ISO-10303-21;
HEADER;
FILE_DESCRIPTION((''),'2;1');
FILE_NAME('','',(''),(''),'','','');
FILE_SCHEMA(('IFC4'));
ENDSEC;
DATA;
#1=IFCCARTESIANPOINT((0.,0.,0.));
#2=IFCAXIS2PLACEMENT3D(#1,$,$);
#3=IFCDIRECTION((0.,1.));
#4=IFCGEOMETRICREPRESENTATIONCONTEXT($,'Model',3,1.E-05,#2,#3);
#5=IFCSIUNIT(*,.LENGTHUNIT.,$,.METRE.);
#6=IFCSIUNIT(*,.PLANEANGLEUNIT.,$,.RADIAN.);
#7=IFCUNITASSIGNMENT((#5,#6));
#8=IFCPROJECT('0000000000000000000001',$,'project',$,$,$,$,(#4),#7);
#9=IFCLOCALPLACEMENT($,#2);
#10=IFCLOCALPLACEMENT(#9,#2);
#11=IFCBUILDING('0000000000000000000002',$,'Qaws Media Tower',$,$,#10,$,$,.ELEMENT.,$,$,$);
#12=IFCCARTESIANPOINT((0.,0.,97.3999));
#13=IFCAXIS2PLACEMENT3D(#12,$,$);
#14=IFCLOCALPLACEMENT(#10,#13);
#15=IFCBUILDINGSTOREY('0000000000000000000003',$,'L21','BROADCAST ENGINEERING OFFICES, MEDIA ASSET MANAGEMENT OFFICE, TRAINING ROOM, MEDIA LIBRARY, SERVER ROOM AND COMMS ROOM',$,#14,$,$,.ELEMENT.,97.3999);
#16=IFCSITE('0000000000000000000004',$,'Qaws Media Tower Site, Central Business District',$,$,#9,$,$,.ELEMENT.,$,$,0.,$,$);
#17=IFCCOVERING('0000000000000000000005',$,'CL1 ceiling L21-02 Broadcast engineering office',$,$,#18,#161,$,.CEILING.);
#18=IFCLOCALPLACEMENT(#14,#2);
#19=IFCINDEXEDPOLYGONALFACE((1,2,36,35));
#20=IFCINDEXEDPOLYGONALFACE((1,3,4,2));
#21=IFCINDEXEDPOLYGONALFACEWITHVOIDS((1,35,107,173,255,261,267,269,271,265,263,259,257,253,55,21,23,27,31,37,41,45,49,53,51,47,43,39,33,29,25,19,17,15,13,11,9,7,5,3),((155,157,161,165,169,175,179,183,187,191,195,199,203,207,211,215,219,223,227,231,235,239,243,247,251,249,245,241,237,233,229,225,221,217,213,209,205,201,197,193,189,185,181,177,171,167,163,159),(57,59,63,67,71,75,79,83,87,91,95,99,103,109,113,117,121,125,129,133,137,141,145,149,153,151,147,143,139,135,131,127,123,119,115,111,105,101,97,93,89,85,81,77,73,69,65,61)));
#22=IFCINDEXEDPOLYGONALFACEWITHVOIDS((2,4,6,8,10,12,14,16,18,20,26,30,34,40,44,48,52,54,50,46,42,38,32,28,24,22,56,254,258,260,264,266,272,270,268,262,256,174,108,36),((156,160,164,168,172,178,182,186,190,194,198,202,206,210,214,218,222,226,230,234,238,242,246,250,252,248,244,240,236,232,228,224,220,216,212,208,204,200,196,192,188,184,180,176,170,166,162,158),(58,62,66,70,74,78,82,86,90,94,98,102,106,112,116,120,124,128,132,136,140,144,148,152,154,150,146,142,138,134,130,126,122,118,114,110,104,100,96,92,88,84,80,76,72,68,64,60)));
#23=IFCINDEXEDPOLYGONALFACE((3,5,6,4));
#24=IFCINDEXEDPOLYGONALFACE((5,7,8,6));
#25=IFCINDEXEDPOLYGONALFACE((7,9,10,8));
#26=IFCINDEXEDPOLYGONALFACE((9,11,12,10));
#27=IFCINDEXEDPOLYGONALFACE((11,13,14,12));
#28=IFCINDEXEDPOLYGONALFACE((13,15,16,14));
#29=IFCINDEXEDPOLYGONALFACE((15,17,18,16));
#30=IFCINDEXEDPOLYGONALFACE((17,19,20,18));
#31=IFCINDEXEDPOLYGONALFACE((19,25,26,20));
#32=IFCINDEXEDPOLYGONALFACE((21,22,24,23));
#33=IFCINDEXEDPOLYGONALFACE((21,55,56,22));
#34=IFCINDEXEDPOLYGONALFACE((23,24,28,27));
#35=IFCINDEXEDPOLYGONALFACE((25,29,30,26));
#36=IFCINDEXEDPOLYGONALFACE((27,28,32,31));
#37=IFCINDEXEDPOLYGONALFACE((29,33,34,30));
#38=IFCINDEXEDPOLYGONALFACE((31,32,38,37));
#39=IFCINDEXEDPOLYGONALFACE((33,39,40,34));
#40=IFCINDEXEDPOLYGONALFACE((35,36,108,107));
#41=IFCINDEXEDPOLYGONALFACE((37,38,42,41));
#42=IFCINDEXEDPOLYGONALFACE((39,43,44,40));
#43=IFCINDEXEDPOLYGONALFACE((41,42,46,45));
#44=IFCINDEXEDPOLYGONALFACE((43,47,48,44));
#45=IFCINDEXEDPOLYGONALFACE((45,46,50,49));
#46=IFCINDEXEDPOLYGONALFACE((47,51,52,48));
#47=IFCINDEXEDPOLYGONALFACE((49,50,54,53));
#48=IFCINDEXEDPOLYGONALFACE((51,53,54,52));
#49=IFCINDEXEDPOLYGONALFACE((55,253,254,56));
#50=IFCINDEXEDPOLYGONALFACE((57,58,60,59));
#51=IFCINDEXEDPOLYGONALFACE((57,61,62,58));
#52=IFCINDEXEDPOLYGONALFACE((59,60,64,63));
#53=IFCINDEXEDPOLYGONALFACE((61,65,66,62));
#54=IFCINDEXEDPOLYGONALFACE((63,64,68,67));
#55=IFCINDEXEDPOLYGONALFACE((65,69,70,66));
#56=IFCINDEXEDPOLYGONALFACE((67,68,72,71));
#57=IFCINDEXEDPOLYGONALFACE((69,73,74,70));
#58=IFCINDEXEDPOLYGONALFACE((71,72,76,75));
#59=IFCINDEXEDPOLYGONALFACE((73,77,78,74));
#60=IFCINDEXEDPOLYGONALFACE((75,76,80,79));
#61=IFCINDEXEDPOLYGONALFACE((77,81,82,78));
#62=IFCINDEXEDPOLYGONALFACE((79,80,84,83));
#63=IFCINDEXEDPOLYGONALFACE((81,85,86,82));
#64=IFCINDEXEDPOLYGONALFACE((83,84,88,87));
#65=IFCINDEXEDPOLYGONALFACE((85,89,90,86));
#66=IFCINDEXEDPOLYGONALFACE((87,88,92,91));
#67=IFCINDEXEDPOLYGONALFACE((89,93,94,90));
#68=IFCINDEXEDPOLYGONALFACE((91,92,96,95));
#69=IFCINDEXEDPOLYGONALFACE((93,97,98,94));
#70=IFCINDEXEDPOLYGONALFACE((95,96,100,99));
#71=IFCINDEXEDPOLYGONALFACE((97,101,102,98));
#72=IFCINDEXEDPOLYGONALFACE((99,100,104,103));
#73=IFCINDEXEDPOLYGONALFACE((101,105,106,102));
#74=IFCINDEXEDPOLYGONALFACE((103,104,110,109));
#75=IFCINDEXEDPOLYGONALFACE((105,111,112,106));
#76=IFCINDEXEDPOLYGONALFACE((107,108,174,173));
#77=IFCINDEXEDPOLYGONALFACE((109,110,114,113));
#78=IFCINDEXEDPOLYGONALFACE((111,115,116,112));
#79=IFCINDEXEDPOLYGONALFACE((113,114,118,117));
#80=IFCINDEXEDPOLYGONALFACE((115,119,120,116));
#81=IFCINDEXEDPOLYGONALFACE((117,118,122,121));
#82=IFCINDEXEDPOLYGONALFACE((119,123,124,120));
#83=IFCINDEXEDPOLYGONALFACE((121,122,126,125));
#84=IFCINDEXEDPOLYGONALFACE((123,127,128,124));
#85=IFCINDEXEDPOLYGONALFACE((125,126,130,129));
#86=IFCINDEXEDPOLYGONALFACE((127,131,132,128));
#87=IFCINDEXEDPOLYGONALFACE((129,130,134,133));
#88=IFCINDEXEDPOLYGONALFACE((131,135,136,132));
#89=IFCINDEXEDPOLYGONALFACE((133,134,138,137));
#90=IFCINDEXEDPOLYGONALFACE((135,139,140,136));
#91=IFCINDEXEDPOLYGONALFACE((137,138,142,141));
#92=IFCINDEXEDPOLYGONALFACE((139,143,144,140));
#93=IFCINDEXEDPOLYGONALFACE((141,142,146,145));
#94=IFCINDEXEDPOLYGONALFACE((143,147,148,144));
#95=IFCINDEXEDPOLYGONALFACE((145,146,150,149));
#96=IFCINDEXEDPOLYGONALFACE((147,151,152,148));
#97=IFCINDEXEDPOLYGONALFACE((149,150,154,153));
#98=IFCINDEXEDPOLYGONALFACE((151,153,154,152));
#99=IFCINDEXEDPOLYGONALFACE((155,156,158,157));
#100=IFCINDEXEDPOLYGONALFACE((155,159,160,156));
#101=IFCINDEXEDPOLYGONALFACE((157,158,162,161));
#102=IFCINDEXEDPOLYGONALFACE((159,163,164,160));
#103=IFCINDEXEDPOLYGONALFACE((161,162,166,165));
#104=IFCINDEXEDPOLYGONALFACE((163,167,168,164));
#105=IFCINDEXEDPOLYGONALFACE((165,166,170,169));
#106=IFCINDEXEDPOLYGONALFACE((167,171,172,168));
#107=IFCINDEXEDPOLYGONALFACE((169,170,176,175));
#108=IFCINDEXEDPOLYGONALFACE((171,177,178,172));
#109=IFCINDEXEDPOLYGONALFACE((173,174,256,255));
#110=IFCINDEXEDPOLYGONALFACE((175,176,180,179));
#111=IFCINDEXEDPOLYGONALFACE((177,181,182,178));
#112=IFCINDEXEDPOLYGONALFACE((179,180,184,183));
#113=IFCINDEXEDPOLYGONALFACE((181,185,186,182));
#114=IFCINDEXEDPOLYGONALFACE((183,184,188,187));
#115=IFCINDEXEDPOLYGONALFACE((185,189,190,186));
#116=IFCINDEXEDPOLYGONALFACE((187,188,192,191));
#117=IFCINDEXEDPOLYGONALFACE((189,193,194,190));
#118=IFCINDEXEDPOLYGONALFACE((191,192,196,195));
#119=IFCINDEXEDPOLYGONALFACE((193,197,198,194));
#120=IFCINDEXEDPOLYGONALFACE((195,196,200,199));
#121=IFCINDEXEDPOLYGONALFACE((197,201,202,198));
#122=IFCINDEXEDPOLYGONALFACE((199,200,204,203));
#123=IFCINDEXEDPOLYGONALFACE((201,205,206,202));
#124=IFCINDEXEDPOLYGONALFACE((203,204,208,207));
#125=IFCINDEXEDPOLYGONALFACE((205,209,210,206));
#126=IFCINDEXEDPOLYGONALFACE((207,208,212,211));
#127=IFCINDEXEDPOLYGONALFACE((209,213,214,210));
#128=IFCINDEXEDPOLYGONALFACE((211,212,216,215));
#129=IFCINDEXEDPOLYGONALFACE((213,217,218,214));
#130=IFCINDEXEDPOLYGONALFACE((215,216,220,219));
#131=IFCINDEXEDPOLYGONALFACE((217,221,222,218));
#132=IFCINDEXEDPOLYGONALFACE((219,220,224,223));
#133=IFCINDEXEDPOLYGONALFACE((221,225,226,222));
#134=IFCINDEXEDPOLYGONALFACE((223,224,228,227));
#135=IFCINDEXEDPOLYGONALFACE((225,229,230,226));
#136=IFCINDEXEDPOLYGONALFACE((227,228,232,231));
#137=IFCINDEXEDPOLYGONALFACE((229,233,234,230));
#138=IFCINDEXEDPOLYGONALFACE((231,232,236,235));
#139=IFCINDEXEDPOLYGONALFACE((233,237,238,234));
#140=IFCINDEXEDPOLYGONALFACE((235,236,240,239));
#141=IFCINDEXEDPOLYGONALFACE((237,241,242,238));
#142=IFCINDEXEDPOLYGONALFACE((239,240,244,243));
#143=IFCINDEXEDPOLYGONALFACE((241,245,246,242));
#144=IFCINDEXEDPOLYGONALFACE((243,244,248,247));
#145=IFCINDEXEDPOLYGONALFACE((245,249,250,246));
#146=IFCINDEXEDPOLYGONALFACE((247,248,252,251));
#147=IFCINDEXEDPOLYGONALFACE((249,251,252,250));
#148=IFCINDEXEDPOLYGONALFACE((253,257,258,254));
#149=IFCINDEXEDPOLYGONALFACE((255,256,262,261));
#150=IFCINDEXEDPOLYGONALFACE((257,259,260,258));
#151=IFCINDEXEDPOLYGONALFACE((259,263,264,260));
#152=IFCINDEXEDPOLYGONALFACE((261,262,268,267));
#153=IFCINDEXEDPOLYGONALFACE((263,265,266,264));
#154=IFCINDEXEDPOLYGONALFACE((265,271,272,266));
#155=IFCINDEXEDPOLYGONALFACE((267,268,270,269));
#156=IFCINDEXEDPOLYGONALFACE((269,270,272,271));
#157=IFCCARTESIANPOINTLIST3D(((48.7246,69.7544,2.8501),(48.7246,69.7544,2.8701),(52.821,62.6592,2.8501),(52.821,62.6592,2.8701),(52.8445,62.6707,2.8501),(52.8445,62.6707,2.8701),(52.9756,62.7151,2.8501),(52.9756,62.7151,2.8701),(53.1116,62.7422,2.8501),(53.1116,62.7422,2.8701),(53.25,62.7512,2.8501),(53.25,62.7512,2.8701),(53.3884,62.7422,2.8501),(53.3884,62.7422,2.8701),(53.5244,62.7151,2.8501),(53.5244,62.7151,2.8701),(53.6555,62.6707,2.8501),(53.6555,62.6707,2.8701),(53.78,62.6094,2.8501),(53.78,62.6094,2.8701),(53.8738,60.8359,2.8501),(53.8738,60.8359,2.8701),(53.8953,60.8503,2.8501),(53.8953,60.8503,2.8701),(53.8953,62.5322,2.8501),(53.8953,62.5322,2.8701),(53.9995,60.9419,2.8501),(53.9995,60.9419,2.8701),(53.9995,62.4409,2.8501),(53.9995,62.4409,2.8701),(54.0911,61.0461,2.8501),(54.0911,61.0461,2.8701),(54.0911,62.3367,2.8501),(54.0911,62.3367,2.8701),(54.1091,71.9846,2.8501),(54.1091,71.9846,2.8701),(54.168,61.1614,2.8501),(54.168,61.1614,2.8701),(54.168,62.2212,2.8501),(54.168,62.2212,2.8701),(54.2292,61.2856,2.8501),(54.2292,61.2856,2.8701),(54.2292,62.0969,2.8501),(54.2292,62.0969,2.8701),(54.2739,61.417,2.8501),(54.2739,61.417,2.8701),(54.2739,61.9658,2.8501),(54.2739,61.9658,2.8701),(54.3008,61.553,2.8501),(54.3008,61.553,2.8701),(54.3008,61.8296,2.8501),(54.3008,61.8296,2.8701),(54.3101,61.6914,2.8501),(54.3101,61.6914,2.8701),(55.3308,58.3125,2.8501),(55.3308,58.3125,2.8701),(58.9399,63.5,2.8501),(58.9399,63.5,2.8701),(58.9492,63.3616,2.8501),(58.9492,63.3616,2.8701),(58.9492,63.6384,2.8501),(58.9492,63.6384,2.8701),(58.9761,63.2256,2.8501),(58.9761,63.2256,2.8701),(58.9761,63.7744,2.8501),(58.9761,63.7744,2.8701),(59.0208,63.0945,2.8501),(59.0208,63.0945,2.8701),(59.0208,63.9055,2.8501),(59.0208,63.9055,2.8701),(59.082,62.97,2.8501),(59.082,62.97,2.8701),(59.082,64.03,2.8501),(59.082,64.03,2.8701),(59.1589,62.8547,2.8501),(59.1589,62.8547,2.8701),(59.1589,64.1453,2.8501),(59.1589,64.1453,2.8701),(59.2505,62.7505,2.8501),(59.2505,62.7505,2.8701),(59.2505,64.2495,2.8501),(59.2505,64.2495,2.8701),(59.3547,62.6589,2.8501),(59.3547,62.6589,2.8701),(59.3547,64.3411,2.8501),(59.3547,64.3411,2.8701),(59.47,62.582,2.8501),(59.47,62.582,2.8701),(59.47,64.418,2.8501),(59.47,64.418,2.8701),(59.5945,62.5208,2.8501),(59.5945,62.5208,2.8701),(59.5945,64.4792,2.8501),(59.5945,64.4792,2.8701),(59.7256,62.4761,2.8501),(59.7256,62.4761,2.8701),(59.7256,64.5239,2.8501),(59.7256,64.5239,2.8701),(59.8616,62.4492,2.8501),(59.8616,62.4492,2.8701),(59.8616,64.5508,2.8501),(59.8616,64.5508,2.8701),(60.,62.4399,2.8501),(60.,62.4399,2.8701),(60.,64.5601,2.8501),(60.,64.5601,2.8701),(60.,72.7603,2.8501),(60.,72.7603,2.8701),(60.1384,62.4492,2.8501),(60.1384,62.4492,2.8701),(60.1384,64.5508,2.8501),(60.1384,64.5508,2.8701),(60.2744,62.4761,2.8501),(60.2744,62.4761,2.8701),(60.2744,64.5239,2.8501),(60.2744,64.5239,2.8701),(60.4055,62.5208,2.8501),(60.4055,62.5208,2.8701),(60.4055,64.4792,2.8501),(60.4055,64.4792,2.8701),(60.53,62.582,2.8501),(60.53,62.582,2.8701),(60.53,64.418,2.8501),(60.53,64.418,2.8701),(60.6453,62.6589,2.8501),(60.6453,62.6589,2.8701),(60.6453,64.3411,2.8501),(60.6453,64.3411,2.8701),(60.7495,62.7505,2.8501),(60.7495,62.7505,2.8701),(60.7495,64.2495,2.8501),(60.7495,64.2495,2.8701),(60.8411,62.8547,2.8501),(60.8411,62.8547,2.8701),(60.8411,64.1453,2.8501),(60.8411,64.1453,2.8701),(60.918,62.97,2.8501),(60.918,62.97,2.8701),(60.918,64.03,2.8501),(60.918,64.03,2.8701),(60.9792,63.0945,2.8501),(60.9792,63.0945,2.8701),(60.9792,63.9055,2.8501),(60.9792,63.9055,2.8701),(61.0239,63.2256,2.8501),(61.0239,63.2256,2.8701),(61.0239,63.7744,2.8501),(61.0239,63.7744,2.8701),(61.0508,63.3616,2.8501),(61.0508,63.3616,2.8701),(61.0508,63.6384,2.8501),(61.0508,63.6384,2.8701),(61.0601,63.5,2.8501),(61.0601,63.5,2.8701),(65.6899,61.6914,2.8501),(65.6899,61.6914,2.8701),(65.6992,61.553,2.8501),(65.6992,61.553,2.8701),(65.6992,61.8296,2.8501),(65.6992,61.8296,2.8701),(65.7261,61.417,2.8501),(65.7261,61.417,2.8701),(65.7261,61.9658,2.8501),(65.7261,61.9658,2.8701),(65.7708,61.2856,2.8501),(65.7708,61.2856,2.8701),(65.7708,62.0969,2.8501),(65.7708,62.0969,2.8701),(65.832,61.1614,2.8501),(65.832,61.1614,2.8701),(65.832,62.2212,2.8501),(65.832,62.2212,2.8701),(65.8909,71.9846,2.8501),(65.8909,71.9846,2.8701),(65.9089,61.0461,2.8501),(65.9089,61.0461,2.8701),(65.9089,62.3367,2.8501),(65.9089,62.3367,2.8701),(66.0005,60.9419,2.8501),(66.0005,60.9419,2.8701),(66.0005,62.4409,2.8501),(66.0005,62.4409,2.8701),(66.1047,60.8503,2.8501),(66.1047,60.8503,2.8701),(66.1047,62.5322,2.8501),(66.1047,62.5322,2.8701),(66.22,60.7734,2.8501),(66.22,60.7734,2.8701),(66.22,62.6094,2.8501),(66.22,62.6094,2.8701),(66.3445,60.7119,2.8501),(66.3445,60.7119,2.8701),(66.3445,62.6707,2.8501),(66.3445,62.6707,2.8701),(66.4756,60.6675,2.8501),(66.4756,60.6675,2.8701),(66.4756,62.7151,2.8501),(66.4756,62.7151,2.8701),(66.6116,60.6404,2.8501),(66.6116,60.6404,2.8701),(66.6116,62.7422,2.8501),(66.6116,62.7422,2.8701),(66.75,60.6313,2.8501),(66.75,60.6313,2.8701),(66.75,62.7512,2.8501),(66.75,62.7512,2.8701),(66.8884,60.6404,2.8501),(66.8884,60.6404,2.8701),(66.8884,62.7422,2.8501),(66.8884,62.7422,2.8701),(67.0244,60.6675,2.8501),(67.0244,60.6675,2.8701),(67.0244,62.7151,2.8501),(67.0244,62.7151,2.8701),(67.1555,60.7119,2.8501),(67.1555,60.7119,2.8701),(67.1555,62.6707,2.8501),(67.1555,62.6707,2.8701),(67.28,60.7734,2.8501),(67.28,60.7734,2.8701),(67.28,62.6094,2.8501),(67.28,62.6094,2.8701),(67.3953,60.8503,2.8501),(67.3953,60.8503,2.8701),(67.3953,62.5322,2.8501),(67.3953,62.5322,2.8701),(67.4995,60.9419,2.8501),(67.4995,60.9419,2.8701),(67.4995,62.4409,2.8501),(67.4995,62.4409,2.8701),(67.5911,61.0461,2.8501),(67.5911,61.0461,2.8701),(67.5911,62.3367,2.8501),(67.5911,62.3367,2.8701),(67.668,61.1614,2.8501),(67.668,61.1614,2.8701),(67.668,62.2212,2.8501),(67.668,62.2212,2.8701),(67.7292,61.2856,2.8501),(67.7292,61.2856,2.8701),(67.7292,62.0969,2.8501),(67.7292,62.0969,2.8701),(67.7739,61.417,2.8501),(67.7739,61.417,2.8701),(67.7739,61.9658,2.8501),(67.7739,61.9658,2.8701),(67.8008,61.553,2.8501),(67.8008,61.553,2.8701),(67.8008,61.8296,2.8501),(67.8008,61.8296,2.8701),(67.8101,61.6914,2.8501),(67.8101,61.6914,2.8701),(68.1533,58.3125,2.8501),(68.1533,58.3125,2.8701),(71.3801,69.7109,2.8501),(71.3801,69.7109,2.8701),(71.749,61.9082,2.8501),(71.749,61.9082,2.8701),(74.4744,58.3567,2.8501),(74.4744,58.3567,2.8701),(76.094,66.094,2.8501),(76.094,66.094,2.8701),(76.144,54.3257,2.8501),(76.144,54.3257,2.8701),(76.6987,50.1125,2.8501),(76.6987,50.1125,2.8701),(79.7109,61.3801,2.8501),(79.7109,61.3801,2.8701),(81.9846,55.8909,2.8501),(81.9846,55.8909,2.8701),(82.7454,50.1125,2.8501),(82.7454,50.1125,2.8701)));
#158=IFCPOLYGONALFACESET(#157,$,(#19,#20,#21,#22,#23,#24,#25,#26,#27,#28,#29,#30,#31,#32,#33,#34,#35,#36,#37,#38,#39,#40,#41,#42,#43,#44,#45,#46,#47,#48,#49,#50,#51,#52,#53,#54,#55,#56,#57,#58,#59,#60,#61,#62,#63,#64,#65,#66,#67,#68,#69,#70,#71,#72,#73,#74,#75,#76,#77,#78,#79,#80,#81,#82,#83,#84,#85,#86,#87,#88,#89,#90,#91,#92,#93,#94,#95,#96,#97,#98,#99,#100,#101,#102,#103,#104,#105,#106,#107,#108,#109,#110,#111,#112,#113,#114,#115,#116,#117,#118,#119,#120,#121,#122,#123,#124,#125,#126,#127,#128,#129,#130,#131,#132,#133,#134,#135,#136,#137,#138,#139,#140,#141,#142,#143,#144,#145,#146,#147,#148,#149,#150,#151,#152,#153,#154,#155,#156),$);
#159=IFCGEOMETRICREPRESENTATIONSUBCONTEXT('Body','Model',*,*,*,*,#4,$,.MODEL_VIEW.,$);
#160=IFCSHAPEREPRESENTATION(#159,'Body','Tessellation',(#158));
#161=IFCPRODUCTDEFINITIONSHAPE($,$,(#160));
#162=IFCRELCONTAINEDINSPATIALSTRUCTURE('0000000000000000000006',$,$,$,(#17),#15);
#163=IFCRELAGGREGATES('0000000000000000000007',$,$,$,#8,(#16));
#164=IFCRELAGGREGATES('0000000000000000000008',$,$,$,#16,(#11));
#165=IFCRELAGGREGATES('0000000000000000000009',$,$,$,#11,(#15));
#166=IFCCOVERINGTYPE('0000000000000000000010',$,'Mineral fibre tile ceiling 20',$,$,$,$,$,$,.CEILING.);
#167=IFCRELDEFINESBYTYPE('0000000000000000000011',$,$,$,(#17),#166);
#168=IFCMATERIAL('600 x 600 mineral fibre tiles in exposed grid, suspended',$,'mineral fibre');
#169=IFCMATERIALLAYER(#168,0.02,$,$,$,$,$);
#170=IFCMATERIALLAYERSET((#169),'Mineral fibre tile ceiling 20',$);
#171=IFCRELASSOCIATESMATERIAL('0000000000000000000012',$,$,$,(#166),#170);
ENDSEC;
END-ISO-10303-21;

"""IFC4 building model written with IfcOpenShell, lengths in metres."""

from ifc_helpers import new_model, si_unit, direction, frame, origin, place, context, subcontext, project, spatial, polyline, outline, extrude, material, layer, layer_set, type_object, element, save


model = new_model("IFC4")

# Units and contexts
model_context = context("Model", 3, precision=1e-05, world=origin(), true_north=direction((0.0, 1.0)))
body_context = subcontext(model_context, "Body", "Model", "MODEL_VIEW")
ifc_project = project(units=[si_unit("LENGTHUNIT", "METRE"), si_unit("PLANEANGLEUNIT", "RADIAN")], contexts=[model_context])

# Site, building, storey
site_placement = place(None, origin())
site = spatial("IfcSite", under=ifc_project, at=site_placement, Name="Qaws Media Tower Site, Central Business District", CompositionType="ELEMENT", RefElevation=0.0)
building_placement = place(site_placement, origin())
building = spatial("IfcBuilding", under=site, at=building_placement, Name="Qaws Media Tower", CompositionType="ELEMENT")
storey_placement = place(building_placement, frame((0.0, 0.0, 97.3999)))
storey = spatial("IfcBuildingStorey", under=building, at=storey_placement, Name="L21", Description="BROADCAST ENGINEERING OFFICES, MEDIA ASSET MANAGEMENT OFFICE, TRAINING ROOM, MEDIA LIBRARY, SERVER ROOM AND COMMS ROOM", CompositionType="ELEMENT", Elevation=97.3999)

# Covering
ifc_material_1 = material(Name="600 x 600 mineral fibre tiles in exposed grid, suspended", Category="mineral fibre")
ifc_layer_1 = layer(ifc_material_1, 0.02)
ifc_layer_set_1 = layer_set([ifc_layer_1], Name="Mineral fibre tile ceiling 20")
covering_type_1 = type_object("IfcCoveringType", Name="Mineral fibre tile ceiling 20", PredefinedType="CEILING", material=ifc_layer_set_1)
covering_1_placement = place(storey_placement, frame((0.0, 0.0, 2.8501)))
element("IfcCovering", 1, at=covering_1_placement, inside=storey, type_object=covering_type_1, Name="CL1 ceiling L21-02 Broadcast engineering office", PredefinedType="CEILING", context=body_context, shape_type="SweptSolid", body=[
    extrude(outline(polyline([(54.1091, 71.9846), (60.0, 72.7603), (65.8909, 71.9846), (71.3801, 69.7109), (76.094, 66.094), (79.7109, 61.3801), (81.9846, 55.8909), (82.7454, 50.1125), (76.6987, 50.1125), (76.144, 54.3257), (74.4744, 58.3567), (71.749, 61.9082), (68.1533, 58.3125), (55.3308, 58.3125), (53.8738, 60.8359), (53.8953, 60.8503), (53.9995, 60.9419), (54.0911, 61.0461), (54.168, 61.1614), (54.2292, 61.2856), (54.2739, 61.417), (54.3008, 61.553), (54.3101, 61.6914), (54.3008, 61.8296), (54.2739, 61.9658), (54.2292, 62.0969), (54.168, 62.2212), (54.0911, 62.3367), (53.9995, 62.4409), (53.8953, 62.5322), (53.78, 62.6094), (53.6555, 62.6707), (53.5244, 62.7151), (53.3884, 62.7422), (53.25, 62.7512), (53.1116, 62.7422), (52.9756, 62.7151), (52.8445, 62.6707), (52.821, 62.6592), (48.7246, 69.7544), (54.1091, 71.9846)]), holes=[polyline([(60.9792, 63.0945), (61.0239, 63.2256), (61.0508, 63.3616), (61.0601, 63.5), (61.0508, 63.6384), (61.0239, 63.7744), (60.9792, 63.9055), (60.918, 64.03), (60.8411, 64.1453), (60.7495, 64.2495), (60.6453, 64.3411), (60.53, 64.418), (60.4055, 64.4792), (60.2744, 64.5239), (60.1384, 64.5508), (60.0, 64.5601), (59.8616, 64.5508), (59.7256, 64.5239), (59.5945, 64.4792), (59.47, 64.418), (59.3547, 64.3411), (59.2505, 64.2495), (59.1589, 64.1453), (59.082, 64.03), (59.0208, 63.9055), (58.9761, 63.7744), (58.9492, 63.6384), (58.9399, 63.5), (58.9492, 63.3616), (58.9761, 63.2256), (59.0208, 63.0945), (59.082, 62.97), (59.1589, 62.8547), (59.2505, 62.7505), (59.3547, 62.6589), (59.47, 62.582), (59.5945, 62.5208), (59.7256, 62.4761), (59.8616, 62.4492), (60.0, 62.4399), (60.1384, 62.4492), (60.2744, 62.4761), (60.4055, 62.5208), (60.53, 62.582), (60.6453, 62.6589), (60.7495, 62.7505), (60.8411, 62.8547), (60.918, 62.97), (60.9792, 63.0945)]), polyline([(67.7292, 61.2856), (67.7739, 61.417), (67.8008, 61.553), (67.8101, 61.6914), (67.8008, 61.8296), (67.7739, 61.9658), (67.7292, 62.0969), (67.668, 62.2212), (67.5911, 62.3367), (67.4995, 62.4409), (67.3953, 62.5322), (67.28, 62.6094), (67.1555, 62.6707), (67.0244, 62.7151), (66.8884, 62.7422), (66.75, 62.7512), (66.6116, 62.7422), (66.4756, 62.7151), (66.3445, 62.6707), (66.22, 62.6094), (66.1047, 62.5322), (66.0005, 62.4409), (65.9089, 62.3367), (65.832, 62.2212), (65.7708, 62.0969), (65.7261, 61.9658), (65.6992, 61.8296), (65.6899, 61.6914), (65.6992, 61.553), (65.7261, 61.417), (65.7708, 61.2856), (65.832, 61.1614), (65.9089, 61.0461), (66.0005, 60.9419), (66.1047, 60.8503), (66.22, 60.7734), (66.3445, 60.7119), (66.4756, 60.6675), (66.6116, 60.6404), (66.75, 60.6313), (66.8884, 60.6404), (67.0244, 60.6675), (67.1555, 60.7119), (67.28, 60.7734), (67.3953, 60.8503), (67.4995, 60.9419), (67.5911, 61.0461), (67.668, 61.1614), (67.7292, 61.2856)])]), origin(), (0.0, 0.0, 1.0), 0.02),
])

save(model, "model.ifc")
